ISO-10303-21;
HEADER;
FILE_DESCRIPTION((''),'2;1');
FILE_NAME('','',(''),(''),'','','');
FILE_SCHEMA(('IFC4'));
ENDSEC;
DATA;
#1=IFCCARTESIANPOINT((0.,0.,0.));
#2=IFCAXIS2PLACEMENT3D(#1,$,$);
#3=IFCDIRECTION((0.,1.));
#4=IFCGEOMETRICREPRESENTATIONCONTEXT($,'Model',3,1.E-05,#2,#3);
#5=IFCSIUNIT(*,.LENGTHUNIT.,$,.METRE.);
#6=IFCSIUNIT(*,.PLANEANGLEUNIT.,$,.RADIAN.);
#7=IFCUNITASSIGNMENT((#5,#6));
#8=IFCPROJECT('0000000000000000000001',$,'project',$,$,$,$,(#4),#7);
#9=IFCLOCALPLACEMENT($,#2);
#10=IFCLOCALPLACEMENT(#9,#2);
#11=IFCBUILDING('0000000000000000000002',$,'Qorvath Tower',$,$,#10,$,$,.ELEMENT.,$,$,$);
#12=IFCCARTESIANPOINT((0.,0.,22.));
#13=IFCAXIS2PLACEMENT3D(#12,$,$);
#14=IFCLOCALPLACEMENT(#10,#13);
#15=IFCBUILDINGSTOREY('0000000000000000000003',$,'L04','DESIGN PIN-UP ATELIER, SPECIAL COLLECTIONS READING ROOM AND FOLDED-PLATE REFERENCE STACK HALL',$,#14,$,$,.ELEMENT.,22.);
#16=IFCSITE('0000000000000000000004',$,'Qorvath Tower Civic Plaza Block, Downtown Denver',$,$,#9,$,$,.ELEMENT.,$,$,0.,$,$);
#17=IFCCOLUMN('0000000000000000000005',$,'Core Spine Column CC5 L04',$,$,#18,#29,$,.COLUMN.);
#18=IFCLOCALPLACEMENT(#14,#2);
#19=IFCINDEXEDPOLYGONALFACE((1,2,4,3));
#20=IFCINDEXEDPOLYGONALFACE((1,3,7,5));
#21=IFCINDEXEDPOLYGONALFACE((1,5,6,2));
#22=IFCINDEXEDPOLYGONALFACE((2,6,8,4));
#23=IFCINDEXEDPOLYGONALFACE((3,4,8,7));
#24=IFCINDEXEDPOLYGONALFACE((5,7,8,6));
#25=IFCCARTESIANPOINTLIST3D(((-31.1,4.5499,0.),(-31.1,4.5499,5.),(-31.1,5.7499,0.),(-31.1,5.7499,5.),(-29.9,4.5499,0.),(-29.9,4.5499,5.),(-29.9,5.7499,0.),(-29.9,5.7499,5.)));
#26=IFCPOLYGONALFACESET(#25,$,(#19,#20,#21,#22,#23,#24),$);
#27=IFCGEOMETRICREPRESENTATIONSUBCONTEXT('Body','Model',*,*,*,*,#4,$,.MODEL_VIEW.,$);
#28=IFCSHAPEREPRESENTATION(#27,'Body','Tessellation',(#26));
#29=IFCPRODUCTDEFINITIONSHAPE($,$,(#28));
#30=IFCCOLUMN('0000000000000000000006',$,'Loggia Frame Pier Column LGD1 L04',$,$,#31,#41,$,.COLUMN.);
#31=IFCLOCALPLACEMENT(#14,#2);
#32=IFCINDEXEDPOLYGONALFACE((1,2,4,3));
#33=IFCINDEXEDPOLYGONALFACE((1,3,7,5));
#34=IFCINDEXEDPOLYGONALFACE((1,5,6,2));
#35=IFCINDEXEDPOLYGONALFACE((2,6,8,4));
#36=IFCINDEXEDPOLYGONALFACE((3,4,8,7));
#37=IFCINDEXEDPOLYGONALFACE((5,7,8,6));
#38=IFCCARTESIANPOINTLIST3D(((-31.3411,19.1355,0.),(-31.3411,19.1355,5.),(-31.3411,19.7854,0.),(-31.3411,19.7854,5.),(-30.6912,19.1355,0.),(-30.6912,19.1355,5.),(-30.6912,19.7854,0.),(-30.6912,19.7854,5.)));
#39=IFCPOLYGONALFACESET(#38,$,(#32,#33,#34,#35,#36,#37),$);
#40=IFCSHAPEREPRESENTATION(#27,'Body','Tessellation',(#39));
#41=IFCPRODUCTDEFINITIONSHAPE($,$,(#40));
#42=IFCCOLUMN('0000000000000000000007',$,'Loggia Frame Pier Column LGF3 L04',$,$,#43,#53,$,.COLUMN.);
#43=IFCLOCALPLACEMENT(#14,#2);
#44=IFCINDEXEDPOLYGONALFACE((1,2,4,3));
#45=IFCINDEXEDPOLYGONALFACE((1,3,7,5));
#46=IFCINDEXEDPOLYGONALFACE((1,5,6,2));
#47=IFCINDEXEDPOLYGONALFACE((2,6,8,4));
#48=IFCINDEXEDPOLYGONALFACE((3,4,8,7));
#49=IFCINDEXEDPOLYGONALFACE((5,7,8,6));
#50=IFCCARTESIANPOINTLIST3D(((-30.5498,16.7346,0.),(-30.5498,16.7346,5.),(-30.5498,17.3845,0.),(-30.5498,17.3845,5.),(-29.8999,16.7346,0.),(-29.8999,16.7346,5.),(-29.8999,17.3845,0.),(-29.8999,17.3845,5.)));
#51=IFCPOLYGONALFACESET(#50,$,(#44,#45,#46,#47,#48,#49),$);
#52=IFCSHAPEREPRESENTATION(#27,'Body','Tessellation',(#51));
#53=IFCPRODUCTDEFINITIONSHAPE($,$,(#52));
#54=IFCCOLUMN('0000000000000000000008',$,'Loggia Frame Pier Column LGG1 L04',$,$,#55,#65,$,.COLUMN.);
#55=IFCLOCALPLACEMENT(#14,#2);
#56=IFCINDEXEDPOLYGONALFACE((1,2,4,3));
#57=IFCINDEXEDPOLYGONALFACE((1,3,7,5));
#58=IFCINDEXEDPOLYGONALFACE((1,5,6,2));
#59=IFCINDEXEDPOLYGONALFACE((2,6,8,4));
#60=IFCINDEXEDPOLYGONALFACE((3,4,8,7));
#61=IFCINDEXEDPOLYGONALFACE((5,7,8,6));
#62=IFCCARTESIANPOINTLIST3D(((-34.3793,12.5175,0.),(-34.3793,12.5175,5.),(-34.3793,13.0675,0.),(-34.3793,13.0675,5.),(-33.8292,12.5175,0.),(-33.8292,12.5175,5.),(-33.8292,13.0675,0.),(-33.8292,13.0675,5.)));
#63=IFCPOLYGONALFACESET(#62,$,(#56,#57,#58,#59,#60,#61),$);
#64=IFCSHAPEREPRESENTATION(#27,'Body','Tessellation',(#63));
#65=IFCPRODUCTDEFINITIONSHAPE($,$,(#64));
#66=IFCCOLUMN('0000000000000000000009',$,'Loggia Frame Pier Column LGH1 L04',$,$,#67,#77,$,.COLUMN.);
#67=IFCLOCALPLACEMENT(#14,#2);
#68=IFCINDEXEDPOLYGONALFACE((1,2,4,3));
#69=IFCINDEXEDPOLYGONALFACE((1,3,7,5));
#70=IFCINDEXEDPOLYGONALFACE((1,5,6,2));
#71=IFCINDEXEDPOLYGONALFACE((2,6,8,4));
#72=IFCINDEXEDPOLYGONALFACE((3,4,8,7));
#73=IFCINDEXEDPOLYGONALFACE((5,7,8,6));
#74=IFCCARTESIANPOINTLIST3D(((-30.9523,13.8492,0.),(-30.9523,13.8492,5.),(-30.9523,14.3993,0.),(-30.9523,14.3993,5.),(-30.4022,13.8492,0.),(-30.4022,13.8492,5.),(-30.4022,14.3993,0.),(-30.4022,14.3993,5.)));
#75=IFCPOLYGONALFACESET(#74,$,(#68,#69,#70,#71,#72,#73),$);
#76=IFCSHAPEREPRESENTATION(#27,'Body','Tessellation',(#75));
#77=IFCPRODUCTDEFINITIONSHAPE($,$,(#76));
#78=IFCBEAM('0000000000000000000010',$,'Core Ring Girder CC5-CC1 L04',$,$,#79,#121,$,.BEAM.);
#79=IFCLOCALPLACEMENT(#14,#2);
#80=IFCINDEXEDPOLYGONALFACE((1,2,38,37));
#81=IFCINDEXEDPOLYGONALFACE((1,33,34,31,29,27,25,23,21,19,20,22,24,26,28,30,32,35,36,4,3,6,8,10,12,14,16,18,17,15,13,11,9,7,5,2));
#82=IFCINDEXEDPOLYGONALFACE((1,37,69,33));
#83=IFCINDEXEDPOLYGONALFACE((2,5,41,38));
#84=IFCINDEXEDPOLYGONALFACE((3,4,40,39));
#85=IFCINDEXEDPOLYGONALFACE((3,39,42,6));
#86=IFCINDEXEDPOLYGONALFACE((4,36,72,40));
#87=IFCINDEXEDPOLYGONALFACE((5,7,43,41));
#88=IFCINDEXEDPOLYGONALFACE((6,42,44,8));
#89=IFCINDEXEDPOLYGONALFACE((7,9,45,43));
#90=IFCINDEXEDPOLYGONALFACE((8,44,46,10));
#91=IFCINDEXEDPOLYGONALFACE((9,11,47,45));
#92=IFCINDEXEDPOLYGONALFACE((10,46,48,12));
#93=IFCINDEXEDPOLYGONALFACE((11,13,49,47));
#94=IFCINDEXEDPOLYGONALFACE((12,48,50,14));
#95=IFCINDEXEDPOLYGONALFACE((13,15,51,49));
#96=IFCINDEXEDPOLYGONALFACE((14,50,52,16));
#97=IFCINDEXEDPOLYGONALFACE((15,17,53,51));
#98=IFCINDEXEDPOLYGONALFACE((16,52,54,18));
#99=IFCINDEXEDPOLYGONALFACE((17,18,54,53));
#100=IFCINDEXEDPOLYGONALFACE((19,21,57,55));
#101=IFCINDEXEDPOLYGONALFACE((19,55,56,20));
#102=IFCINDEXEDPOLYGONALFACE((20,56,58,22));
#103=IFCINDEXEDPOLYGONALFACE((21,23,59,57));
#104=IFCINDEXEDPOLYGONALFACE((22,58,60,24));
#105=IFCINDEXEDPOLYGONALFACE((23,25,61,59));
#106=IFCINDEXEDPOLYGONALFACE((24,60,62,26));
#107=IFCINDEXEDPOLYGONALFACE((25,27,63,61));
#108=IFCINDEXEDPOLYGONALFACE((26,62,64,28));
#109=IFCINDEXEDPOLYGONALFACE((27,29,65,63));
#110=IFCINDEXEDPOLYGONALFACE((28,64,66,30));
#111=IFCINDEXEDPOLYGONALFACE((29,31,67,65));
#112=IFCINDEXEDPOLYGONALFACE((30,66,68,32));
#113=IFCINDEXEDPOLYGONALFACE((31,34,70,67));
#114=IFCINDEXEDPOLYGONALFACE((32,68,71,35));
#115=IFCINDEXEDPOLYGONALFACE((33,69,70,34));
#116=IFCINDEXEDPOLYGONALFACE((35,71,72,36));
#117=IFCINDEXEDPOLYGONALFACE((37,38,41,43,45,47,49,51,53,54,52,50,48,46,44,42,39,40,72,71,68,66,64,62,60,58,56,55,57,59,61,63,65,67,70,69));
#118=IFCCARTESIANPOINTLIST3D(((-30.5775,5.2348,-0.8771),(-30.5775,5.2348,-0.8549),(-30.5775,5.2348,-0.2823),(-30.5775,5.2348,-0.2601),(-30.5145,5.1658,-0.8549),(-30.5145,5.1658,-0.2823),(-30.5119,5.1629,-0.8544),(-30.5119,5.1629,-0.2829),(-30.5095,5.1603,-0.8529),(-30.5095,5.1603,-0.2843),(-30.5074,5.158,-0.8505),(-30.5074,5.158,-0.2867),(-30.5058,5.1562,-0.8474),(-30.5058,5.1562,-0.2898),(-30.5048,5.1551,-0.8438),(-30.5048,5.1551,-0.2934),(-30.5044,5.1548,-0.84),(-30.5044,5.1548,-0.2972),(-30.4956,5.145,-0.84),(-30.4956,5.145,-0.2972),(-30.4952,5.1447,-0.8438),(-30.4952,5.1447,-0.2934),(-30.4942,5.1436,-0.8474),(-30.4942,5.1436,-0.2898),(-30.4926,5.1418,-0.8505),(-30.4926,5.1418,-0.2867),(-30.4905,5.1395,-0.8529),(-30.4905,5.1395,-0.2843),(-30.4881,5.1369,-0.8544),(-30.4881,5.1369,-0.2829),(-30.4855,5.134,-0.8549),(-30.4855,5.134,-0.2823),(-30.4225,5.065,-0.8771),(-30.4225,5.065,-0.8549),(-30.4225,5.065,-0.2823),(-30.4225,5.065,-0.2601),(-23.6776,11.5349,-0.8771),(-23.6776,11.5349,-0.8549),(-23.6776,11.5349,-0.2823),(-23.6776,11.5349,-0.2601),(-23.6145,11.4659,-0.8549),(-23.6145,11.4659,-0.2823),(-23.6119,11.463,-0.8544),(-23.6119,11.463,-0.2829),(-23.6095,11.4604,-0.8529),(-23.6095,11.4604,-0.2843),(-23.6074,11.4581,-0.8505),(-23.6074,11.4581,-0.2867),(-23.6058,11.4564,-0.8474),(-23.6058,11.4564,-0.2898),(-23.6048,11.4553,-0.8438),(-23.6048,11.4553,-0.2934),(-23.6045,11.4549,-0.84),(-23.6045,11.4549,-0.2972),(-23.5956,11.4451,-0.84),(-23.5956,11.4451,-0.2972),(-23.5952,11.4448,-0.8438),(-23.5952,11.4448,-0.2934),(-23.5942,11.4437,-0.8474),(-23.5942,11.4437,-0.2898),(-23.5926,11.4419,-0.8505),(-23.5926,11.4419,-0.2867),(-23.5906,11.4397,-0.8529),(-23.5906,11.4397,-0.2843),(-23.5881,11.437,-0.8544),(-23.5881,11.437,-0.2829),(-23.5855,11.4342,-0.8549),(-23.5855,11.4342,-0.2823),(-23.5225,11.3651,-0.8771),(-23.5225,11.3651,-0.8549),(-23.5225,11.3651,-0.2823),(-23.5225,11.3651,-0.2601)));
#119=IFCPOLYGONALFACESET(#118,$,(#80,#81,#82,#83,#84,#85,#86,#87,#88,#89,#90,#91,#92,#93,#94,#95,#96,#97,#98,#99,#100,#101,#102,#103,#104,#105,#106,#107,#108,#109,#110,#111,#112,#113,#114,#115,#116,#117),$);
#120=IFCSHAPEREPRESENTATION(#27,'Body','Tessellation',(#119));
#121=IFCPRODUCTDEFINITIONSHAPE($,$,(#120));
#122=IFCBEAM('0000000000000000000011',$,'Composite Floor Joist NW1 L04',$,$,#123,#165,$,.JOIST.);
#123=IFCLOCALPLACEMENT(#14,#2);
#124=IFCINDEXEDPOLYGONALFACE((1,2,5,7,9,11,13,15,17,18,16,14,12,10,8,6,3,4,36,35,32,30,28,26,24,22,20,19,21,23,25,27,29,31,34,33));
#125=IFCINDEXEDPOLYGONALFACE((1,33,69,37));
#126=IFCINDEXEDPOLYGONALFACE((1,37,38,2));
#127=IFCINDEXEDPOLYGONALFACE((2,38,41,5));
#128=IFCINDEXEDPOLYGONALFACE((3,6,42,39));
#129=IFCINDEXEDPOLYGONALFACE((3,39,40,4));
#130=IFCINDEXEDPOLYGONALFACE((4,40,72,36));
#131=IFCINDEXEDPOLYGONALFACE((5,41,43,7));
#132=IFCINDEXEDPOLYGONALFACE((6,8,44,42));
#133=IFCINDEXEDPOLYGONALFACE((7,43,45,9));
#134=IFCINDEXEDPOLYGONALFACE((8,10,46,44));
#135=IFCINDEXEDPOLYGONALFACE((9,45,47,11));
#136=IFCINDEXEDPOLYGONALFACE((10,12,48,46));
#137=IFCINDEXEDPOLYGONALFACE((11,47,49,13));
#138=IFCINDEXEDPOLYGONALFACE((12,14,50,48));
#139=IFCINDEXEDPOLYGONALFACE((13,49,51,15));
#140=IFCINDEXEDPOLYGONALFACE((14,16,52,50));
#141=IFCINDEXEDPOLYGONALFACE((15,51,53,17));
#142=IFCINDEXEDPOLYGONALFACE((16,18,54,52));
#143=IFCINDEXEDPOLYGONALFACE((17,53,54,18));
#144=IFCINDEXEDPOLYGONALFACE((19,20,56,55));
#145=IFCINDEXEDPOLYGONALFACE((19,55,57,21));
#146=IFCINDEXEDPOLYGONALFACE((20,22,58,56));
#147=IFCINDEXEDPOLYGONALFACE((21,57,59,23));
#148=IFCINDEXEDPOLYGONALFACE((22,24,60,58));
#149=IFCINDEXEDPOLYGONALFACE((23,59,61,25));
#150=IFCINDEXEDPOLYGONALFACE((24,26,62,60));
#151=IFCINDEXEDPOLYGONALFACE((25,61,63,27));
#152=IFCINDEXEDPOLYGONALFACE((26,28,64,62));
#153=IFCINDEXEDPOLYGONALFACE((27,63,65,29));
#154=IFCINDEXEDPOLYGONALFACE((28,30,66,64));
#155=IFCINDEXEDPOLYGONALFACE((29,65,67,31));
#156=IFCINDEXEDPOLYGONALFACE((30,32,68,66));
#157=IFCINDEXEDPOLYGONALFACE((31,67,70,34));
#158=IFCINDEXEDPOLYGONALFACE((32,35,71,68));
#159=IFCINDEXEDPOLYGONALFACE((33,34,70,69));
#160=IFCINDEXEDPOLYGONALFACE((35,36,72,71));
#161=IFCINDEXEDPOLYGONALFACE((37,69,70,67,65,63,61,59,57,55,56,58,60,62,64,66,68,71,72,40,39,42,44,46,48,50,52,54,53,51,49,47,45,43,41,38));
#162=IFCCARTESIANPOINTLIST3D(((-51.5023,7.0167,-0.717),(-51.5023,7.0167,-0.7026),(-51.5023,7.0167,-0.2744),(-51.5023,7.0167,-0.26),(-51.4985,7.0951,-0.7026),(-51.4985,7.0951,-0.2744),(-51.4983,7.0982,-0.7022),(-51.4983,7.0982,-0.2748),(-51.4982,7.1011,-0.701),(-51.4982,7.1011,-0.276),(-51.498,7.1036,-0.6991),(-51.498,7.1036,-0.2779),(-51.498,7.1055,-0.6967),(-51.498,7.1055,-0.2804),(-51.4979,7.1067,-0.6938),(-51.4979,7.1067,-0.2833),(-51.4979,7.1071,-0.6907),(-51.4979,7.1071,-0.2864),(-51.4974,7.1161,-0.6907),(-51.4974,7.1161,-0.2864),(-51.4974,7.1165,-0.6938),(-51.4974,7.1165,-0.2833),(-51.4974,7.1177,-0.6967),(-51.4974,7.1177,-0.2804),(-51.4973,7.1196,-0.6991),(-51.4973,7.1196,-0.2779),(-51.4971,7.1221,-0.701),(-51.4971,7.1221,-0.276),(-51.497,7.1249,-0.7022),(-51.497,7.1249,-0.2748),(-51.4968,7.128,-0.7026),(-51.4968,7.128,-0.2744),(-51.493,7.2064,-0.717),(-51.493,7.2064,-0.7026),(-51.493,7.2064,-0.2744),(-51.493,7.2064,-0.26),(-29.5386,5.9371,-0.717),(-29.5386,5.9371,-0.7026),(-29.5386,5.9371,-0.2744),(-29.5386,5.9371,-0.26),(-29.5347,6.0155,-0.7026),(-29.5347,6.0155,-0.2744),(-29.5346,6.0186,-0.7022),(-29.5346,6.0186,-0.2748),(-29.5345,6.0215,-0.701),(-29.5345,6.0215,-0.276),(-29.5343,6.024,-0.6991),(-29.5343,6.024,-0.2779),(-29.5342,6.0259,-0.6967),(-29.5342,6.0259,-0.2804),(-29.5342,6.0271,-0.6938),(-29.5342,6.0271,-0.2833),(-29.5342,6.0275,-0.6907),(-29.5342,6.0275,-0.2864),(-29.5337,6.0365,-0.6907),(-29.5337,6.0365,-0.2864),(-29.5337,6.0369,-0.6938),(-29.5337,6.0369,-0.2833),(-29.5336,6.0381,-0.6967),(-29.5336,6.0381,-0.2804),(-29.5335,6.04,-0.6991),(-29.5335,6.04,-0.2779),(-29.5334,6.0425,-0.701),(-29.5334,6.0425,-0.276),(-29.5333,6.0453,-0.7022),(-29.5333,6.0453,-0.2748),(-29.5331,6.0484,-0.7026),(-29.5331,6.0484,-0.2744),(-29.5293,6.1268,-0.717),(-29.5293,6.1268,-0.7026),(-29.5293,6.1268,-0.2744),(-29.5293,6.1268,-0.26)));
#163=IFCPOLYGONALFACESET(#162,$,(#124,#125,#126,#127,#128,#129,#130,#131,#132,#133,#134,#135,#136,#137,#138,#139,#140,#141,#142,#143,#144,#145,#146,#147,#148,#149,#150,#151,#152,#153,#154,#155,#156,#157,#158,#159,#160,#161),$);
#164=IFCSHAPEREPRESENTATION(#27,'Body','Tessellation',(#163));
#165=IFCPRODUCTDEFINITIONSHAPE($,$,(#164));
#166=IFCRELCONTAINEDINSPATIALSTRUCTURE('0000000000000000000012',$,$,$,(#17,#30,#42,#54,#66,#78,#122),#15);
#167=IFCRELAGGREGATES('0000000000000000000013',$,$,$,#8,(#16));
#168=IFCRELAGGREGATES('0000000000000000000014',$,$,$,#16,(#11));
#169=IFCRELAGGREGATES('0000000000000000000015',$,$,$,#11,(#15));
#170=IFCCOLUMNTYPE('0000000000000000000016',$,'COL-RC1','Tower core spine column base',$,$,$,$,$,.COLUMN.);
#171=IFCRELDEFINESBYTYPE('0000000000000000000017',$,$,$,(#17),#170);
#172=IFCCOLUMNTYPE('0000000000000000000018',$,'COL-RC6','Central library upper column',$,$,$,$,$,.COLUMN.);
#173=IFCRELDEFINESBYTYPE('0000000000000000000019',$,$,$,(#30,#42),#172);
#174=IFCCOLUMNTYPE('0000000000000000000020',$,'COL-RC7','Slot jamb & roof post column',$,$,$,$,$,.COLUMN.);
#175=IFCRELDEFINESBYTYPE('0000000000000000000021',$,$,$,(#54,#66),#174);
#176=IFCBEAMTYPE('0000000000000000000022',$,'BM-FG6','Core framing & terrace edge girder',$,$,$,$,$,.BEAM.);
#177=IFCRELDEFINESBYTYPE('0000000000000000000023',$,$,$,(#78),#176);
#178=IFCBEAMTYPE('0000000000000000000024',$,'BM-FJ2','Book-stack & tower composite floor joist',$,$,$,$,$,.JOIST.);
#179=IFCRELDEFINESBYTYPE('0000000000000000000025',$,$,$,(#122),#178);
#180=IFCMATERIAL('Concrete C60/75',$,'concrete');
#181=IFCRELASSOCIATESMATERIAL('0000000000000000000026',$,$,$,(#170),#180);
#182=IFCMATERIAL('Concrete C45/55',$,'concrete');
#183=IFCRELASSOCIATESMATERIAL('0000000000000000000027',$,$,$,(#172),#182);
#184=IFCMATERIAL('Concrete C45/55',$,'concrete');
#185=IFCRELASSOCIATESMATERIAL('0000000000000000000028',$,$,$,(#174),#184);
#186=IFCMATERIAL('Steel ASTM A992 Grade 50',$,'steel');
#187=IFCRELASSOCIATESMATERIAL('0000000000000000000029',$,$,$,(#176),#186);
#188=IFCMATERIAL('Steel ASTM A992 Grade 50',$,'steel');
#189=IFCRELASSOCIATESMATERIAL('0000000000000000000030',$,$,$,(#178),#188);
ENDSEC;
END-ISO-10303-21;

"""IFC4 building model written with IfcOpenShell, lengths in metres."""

from ifc_helpers import new_model, si_unit, direction, frame, origin, origin_2d, place, context, subcontext, project, spatial, rectangle, i_section, extrude, material, material_profile, profile_set, type_object, element, save


model = new_model("IFC4")

# Units and contexts
model_context = context("Model", 3, precision=1e-05, world=origin(), true_north=direction((0.0, 1.0)))
body_context = subcontext(model_context, "Body", "Model", "MODEL_VIEW")
ifc_project = project(units=[si_unit("LENGTHUNIT", "METRE"), si_unit("PLANEANGLEUNIT", "RADIAN")], contexts=[model_context])

# Site, building, storey
site_placement = place(None, origin())
site = spatial("IfcSite", under=ifc_project, at=site_placement, Name="Qorvath Tower Civic Plaza Block, Downtown Denver", CompositionType="ELEMENT", RefElevation=0.0)
building_placement = place(site_placement, origin())
building = spatial("IfcBuilding", under=site, at=building_placement, Name="Qorvath Tower", CompositionType="ELEMENT")
storey_placement = place(building_placement, frame((0.0, 0.0, 22.0)))
storey = spatial("IfcBuildingStorey", under=building, at=storey_placement, Name="L04", Description="DESIGN PIN-UP ATELIER, SPECIAL COLLECTIONS READING ROOM AND FOLDED-PLATE REFERENCE STACK HALL", CompositionType="ELEMENT", Elevation=22.0)

# Columns
ifc_material_1 = material(Name="Concrete C60/75", Category="concrete")
ifc_material_profile_1 = material_profile(ifc_material_1, rectangle(XDim=1.2, YDim=1.2, at=origin_2d()), Name="RC 1200x1200")
ifc_profile_set_1 = profile_set([ifc_material_profile_1], Name="Concrete C60/75")
column_type_1 = type_object("IfcColumnType", Name="COL-RC1", Description="Tower core spine column base", PredefinedType="COLUMN", material=ifc_profile_set_1)
column_placement = place(storey_placement, frame((-30.5, 5.1499, 0.0), z_axis=(0.0, 0.0, 1.0), x_axis=(1.0, 0.0, 0.0)))
element("IfcColumn", 1, at=column_placement, inside=storey, type_object=column_type_1, Name="Core Spine Column CC5 L04", PredefinedType="COLUMN", context=body_context, shape_type="SweptSolid", body=[
    extrude(rectangle(XDim=1.2, YDim=1.2, at=origin_2d()), origin(), (0.0, 0.0, 1.0), 5.0),
])
ifc_material_2 = material(Name="Concrete C45/55", Category="concrete")
ifc_material_profile_2 = material_profile(ifc_material_2, rectangle(XDim=0.6499, YDim=0.6499, at=origin_2d()), Name="RC 650x650")
ifc_profile_set_2 = profile_set([ifc_material_profile_2], Name="Concrete C45/55")
column_type_2 = type_object("IfcColumnType", Name="COL-RC6", Description="Central library upper column", PredefinedType="COLUMN", material=ifc_profile_set_2)
for number, where, z_axis, x_axis, name in (
    (2, (-31.0161, 19.4604, 0.0), (0.0, 0.0, 1.0), (1.0, 0.0, 0.0), "Loggia Frame Pier Column LGD1 L04"),
    (3, (-30.2249, 17.0596, 0.0), (0.0, 0.0, 1.0), (1.0, 0.0, 0.0), "Loggia Frame Pier Column LGF3 L04"),
):
    element("IfcColumn", number, at=place(storey_placement, frame(where, z_axis=z_axis, x_axis=x_axis)), inside=storey, type_object=column_type_2, Name=name, PredefinedType="COLUMN", context=body_context, shape_type="SweptSolid", body=[
        extrude(rectangle(XDim=0.6499, YDim=0.6499, at=origin_2d()), origin(), (0.0, 0.0, 1.0), 5.0),
    ])
ifc_material_3 = material(Name="Concrete C45/55", Category="concrete")
ifc_material_profile_3 = material_profile(ifc_material_3, rectangle(XDim=0.55, YDim=0.55, at=origin_2d()), Name="RC 550x550")
ifc_profile_set_3 = profile_set([ifc_material_profile_3], Name="Concrete C45/55")
column_type_3 = type_object("IfcColumnType", Name="COL-RC7", Description="Slot jamb & roof post column", PredefinedType="COLUMN", material=ifc_profile_set_3)
for number, where, z_axis, x_axis, name in (
    (4, (-34.1042, 12.7925, 0.0), (0.0, 0.0, 1.0), (1.0, 0.0, 0.0), "Loggia Frame Pier Column LGG1 L04"),
    (5, (-30.6772, 14.1243, 0.0), (0.0, 0.0, 1.0), (1.0, 0.0, 0.0), "Loggia Frame Pier Column LGH1 L04"),
):
    element("IfcColumn", number, at=place(storey_placement, frame(where, z_axis=z_axis, x_axis=x_axis)), inside=storey, type_object=column_type_3, Name=name, PredefinedType="COLUMN", context=body_context, shape_type="SweptSolid", body=[
        extrude(rectangle(XDim=0.55, YDim=0.55, at=origin_2d()), origin(), (0.0, 0.0, 1.0), 5.0),
    ])

# Beams
ifc_material_4 = material(Name="Steel ASTM A992 Grade 50", Category="steel")
ifc_material_profile_4 = material_profile(ifc_material_4, i_section(OverallWidth=0.23, OverallDepth=0.6169, WebThickness=0.0132, FlangeThickness=0.0222, FilletRadius=0.0149, at=origin_2d()), Name="W24x94")
ifc_profile_set_4 = profile_set([ifc_material_profile_4], Name="Steel ASTM A992 Grade 50")
beam_type_1 = type_object("IfcBeamType", Name="BM-FG6", Description="Core framing & terrace edge girder", PredefinedType="BEAM", material=ifc_profile_set_4)
beam_1_placement = place(storey_placement, frame((-30.5, 5.1499, -0.5686), z_axis=(0.738478, 0.674277, 0.0), x_axis=(-0.674277, 0.738478, 0.0)))
element("IfcBeam", 6, at=beam_1_placement, inside=storey, type_object=beam_type_1, Name="Core Ring Girder CC5-CC1 L04", PredefinedType="BEAM", context=body_context, shape_type="SweptSolid", body=[
    extrude(i_section(OverallWidth=0.23, OverallDepth=0.6169, WebThickness=0.0132, FlangeThickness=0.0222, FilletRadius=0.0149, at=origin_2d()), origin(), (0.0, 0.0, 1.0), 9.3435),
])
ifc_material_5 = material(Name="Steel ASTM A992 Grade 50", Category="steel")
ifc_material_profile_5 = material_profile(ifc_material_5, i_section(OverallWidth=0.1899, OverallDepth=0.457, WebThickness=0.009, FlangeThickness=0.0144, FilletRadius=0.012, at=origin_2d()), Name="W18x50")
ifc_profile_set_5 = profile_set([ifc_material_profile_5], Name="Steel ASTM A992 Grade 50")
beam_type_2 = type_object("IfcBeamType", Name="BM-FJ2", Description="Book-stack & tower composite floor joist", PredefinedType="JOIST", material=ifc_profile_set_5)
beam_2_placement = place(storey_placement, frame((-29.5339, 6.032, -0.4885), z_axis=(-0.998794, 0.049094, 0.0), x_axis=(-0.049094, -0.998794, 0.0)))
element("IfcBeam", 7, at=beam_2_placement, inside=storey, type_object=beam_type_2, Name="Composite Floor Joist NW1 L04", PredefinedType="JOIST", context=body_context, shape_type="SweptSolid", body=[
    extrude(i_section(OverallWidth=0.1899, OverallDepth=0.457, WebThickness=0.009, FlangeThickness=0.0144, FilletRadius=0.012, at=origin_2d()), origin(), (0.0, 0.0, 1.0), 21.9902),
])

save(model, "model.ifc")
